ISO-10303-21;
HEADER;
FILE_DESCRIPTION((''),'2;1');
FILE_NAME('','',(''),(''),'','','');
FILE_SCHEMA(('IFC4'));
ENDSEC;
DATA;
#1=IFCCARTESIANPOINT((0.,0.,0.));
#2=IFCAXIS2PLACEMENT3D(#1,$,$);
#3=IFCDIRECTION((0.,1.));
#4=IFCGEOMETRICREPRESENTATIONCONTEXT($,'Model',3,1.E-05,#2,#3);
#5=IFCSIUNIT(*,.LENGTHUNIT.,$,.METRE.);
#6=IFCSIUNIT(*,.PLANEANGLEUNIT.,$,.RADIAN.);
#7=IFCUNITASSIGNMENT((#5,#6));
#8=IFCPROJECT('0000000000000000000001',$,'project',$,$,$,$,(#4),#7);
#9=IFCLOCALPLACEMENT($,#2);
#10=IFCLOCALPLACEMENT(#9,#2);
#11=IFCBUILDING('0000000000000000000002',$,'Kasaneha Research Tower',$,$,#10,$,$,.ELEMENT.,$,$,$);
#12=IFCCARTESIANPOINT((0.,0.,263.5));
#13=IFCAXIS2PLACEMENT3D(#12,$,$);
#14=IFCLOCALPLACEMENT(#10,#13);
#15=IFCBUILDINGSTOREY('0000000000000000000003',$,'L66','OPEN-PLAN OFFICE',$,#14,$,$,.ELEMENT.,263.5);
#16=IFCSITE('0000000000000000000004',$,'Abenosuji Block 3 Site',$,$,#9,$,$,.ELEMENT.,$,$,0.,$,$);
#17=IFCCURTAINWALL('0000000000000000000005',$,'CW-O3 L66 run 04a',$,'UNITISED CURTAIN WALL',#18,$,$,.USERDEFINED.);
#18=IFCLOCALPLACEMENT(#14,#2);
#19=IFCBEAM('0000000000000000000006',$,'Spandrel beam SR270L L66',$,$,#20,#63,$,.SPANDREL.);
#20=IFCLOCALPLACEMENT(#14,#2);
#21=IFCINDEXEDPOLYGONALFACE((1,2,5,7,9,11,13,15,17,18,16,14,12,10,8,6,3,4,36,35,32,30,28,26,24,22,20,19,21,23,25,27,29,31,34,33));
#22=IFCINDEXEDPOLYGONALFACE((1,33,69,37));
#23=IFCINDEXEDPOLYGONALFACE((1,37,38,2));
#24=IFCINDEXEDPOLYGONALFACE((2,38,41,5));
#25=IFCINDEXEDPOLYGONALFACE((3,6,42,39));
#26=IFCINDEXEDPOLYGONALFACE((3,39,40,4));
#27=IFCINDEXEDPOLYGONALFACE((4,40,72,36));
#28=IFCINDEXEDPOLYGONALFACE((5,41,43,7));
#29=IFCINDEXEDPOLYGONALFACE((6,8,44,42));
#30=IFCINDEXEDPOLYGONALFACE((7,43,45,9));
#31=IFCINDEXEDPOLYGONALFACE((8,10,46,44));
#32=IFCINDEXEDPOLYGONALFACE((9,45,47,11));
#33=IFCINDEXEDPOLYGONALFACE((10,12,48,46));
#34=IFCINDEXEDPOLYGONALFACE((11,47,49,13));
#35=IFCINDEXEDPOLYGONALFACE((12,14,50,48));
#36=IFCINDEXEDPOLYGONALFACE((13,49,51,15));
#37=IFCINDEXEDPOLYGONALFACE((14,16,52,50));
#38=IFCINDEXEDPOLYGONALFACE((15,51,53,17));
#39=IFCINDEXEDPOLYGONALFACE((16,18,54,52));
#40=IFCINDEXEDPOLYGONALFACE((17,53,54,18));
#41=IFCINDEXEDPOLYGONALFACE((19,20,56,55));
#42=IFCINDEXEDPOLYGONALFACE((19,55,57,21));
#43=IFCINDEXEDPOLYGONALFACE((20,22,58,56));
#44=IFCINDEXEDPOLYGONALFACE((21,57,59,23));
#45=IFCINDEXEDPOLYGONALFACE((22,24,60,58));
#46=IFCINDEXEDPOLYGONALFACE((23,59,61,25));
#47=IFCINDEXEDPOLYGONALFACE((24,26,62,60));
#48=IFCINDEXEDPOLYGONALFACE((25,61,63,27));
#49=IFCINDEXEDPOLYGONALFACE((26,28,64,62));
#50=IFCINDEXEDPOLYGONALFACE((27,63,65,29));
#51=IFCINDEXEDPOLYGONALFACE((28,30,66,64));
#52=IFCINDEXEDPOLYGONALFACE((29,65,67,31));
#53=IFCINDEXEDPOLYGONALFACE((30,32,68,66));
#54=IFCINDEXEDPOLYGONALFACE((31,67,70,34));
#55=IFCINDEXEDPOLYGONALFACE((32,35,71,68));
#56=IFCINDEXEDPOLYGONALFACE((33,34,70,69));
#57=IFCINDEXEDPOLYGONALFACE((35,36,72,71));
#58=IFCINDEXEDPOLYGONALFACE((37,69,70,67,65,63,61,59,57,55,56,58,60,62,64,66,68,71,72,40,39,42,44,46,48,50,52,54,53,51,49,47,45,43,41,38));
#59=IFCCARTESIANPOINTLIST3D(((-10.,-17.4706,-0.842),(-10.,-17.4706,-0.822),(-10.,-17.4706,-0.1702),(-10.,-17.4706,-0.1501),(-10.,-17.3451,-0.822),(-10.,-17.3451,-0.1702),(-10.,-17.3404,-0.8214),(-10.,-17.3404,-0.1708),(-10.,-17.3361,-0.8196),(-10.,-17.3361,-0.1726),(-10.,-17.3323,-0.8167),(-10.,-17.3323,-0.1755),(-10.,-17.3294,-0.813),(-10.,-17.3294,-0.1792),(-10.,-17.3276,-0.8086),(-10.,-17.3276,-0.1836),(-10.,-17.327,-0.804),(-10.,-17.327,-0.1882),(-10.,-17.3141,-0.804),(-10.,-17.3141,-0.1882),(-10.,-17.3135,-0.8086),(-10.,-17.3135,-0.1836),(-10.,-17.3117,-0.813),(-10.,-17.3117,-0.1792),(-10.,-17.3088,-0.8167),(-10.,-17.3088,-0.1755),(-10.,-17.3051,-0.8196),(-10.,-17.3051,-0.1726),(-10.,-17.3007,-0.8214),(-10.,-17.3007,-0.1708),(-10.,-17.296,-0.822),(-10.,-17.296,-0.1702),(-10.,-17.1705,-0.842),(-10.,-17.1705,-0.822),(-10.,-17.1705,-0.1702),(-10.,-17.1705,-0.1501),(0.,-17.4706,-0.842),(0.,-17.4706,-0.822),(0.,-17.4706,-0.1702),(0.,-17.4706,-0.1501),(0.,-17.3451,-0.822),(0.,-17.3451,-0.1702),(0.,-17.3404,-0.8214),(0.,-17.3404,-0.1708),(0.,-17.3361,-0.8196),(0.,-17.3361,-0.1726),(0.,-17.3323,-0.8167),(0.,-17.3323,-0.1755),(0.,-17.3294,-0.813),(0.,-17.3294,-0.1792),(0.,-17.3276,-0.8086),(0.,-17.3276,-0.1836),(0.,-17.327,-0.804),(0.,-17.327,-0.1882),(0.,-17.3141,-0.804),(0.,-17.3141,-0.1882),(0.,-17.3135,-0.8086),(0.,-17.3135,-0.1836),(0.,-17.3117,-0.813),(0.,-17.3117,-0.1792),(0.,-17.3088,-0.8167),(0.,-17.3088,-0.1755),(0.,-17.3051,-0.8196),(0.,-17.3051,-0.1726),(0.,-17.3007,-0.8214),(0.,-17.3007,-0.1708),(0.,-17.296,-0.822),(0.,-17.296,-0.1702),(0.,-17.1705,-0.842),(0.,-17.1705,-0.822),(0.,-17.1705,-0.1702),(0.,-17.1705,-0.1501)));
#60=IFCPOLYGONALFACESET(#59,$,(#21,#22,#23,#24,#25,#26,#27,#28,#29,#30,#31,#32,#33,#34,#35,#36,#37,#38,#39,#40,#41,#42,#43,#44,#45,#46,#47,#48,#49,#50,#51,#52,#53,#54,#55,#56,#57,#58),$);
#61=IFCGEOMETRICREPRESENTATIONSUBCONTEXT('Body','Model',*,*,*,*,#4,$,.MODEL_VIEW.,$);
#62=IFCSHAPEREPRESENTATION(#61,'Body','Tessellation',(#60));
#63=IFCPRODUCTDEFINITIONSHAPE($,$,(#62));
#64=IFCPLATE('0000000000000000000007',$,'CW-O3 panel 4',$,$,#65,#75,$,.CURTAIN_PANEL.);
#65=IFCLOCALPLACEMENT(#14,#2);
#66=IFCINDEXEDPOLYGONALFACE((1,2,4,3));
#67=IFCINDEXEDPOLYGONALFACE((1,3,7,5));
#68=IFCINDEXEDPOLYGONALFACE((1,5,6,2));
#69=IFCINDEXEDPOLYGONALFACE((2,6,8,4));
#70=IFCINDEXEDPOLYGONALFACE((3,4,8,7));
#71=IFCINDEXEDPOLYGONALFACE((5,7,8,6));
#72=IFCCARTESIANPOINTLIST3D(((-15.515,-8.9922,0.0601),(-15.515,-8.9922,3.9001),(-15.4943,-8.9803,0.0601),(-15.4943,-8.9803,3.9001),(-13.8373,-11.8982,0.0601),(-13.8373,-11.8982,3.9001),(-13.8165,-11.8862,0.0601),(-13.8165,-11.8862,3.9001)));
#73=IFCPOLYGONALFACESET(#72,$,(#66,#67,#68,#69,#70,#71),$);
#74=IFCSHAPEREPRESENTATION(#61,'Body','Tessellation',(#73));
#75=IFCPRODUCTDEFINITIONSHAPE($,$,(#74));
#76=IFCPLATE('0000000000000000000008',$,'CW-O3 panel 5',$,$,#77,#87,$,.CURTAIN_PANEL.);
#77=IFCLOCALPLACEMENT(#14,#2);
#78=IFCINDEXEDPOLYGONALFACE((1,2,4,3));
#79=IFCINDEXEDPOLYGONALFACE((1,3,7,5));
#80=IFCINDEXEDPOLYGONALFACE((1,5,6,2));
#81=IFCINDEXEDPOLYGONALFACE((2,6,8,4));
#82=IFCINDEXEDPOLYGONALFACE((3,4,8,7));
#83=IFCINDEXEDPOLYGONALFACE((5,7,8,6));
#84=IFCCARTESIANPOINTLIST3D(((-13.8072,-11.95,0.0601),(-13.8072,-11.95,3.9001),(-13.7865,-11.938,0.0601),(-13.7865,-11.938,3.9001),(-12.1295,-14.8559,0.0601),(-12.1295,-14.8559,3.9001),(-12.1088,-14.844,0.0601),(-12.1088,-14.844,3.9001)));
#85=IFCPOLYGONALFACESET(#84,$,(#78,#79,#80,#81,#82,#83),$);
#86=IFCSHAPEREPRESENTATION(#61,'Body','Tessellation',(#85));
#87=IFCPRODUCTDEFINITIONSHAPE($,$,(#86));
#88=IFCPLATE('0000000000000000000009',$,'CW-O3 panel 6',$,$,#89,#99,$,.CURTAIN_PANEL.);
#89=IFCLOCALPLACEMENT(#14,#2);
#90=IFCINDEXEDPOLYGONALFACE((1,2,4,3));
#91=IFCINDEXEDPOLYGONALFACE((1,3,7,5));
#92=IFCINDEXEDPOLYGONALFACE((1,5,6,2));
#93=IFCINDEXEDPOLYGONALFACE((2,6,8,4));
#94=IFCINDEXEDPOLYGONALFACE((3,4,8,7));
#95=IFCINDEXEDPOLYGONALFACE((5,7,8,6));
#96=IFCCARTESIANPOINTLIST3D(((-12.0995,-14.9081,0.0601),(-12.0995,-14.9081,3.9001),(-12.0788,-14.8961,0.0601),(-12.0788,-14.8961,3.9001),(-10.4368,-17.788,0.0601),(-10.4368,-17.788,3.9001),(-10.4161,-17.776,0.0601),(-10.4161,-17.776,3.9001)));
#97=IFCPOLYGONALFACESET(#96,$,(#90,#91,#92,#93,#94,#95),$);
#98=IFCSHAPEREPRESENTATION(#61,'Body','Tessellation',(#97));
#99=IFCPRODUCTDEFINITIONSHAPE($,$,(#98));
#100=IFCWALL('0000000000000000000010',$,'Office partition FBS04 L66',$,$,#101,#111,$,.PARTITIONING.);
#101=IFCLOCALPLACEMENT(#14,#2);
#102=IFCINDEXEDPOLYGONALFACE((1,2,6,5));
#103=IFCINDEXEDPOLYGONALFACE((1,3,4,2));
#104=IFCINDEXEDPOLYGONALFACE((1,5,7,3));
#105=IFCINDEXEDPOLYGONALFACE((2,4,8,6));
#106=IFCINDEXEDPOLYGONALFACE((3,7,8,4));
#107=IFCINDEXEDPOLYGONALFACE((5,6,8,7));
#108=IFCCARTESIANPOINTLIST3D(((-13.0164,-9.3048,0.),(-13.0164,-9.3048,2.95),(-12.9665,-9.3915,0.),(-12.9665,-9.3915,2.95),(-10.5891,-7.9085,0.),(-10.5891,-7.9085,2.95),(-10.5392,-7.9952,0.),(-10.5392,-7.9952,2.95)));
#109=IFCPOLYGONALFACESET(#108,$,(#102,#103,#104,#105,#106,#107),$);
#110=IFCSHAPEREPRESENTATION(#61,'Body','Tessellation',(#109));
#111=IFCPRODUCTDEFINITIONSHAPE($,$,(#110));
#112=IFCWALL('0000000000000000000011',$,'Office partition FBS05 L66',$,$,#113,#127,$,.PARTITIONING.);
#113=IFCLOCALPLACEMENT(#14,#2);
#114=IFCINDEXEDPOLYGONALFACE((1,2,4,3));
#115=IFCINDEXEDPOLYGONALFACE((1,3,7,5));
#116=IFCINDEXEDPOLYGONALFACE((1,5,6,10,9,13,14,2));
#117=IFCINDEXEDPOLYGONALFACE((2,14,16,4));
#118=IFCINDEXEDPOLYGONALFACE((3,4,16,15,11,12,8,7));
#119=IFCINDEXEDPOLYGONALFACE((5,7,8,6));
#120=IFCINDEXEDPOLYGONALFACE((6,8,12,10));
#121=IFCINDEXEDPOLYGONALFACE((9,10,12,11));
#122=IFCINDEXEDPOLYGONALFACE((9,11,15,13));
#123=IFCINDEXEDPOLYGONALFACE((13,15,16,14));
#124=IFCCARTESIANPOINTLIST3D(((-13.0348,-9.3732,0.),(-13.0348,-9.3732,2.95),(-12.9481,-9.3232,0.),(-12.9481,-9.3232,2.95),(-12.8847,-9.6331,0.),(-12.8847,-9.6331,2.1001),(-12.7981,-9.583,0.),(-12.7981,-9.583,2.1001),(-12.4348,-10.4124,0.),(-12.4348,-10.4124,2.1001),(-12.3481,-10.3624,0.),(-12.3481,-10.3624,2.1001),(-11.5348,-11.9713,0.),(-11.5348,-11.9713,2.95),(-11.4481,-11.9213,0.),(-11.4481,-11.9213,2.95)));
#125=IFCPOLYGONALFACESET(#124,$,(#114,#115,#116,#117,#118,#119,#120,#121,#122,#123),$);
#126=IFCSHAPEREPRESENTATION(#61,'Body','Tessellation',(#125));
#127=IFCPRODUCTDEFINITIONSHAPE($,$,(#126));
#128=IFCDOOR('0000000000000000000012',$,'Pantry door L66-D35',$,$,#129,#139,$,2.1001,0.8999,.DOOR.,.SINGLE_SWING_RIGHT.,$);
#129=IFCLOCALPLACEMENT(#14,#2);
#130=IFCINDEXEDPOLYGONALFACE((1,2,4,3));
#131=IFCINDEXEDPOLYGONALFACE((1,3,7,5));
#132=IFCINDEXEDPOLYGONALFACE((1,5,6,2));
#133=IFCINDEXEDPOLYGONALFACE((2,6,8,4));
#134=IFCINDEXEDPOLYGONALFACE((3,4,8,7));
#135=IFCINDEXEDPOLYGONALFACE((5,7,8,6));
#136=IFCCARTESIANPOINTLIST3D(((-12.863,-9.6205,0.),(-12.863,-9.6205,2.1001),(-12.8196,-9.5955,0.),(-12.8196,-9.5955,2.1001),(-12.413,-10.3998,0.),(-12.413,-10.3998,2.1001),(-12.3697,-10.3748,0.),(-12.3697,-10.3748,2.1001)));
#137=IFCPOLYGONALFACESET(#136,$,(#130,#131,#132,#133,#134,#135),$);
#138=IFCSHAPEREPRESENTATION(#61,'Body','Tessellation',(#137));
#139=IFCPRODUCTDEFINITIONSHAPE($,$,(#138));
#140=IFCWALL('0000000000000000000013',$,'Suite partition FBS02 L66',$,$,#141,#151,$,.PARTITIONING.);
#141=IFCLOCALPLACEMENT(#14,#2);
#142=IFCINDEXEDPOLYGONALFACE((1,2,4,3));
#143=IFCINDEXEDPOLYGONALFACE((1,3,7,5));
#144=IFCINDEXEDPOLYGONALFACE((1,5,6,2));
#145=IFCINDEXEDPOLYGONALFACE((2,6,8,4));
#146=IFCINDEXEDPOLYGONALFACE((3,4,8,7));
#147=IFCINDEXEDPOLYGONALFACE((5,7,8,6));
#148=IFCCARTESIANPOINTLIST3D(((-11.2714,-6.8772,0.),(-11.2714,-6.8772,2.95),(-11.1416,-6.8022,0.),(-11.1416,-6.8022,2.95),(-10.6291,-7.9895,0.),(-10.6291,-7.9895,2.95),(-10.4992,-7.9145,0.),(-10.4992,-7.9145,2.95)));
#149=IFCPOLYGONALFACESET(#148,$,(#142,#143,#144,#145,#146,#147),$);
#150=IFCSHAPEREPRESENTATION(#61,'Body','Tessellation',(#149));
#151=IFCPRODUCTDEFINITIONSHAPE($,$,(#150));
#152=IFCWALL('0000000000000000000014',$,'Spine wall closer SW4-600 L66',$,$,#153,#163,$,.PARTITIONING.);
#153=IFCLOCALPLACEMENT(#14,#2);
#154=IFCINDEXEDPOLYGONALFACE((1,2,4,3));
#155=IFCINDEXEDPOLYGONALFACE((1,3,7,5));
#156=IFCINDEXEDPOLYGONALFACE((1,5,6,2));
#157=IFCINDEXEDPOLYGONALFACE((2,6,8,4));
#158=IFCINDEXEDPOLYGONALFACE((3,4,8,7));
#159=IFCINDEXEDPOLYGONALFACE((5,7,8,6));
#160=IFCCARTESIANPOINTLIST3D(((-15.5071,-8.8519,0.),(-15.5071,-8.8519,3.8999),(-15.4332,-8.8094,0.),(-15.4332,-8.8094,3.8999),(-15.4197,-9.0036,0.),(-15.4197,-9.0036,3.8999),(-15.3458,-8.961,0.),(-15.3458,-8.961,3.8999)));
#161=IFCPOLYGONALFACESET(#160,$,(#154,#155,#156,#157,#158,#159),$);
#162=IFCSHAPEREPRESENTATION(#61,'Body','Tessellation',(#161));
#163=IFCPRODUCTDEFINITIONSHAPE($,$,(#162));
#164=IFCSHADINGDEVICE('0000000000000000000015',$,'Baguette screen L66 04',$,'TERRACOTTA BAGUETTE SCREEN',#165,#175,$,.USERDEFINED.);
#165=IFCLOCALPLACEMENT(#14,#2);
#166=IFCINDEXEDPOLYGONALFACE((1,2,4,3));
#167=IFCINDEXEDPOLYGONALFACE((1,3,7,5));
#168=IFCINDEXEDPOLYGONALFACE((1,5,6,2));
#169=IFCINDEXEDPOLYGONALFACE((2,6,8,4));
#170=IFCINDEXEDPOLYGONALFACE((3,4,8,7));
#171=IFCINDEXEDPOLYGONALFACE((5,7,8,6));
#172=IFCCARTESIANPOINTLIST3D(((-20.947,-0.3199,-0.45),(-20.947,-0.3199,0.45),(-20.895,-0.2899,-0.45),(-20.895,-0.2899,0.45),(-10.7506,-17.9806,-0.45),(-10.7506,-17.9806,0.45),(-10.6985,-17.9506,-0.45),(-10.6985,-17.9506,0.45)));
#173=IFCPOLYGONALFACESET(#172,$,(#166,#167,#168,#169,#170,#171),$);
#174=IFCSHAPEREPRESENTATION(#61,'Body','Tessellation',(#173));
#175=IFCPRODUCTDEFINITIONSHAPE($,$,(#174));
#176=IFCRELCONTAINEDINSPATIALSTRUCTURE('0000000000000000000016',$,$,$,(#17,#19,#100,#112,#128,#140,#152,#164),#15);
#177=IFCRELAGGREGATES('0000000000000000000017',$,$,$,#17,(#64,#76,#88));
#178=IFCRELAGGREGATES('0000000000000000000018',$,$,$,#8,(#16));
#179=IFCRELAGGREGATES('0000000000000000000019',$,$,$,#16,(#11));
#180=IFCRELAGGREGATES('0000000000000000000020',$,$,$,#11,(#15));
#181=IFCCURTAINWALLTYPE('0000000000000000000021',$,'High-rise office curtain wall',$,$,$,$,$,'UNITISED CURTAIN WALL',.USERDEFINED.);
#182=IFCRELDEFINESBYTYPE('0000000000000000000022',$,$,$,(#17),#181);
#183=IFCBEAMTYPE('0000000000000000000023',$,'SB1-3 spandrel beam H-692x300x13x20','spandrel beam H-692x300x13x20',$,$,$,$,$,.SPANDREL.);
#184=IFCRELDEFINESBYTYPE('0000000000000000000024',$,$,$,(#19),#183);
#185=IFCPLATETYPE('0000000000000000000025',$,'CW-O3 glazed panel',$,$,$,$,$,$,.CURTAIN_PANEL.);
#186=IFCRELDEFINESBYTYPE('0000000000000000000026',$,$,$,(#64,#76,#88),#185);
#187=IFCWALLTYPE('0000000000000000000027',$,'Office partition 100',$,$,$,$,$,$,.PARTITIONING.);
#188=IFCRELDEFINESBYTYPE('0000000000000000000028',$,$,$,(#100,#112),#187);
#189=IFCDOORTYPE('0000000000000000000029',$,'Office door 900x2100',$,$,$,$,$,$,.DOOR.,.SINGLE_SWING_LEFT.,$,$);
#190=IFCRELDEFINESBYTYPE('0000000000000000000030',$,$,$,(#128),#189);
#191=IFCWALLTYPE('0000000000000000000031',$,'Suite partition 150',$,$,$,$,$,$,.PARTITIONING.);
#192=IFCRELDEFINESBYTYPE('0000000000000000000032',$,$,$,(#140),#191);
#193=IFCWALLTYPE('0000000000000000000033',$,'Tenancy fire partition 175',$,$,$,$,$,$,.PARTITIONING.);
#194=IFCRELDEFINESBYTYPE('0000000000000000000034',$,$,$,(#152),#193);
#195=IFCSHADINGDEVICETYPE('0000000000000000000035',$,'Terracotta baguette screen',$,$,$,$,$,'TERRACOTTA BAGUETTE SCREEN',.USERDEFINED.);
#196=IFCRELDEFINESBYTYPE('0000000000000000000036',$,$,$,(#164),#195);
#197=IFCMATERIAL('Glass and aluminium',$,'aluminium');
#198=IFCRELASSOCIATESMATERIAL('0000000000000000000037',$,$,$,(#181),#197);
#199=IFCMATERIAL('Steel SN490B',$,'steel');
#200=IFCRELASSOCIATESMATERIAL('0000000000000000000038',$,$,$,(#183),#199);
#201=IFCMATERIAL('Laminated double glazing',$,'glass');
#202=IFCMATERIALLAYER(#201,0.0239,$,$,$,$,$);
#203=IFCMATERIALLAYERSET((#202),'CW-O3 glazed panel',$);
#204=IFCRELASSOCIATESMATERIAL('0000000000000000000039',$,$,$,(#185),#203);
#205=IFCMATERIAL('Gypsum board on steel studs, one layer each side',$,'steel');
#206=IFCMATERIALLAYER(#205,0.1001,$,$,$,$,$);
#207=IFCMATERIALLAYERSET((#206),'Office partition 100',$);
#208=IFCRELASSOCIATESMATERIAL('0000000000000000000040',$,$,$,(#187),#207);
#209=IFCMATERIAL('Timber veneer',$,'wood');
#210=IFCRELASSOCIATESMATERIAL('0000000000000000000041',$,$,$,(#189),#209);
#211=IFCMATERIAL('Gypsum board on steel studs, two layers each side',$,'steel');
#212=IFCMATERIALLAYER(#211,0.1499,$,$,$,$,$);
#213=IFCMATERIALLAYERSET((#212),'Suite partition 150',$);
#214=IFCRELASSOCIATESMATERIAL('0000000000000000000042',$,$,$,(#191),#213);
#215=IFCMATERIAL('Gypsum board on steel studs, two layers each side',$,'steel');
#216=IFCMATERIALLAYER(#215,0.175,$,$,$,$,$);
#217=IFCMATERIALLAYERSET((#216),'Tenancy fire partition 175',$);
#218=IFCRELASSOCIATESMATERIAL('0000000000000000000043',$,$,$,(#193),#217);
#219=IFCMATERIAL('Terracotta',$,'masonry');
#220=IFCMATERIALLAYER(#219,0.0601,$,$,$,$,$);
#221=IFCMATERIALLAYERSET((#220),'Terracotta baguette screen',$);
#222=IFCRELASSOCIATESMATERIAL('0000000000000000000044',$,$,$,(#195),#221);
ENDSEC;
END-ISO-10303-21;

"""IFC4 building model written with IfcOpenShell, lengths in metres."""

from ifc_helpers import new_model, si_unit, direction, frame, frame_2d, origin, origin_2d, place, context, subcontext, project, spatial, rectangle, i_section, extrude, material, layer, layer_set, material_profile, profile_set, type_object, element, fill, aggregate, save


model = new_model("IFC4")

# Units and contexts
model_context = context("Model", 3, precision=1e-05, world=origin(), true_north=direction((0.0, 1.0)))
body_context = subcontext(model_context, "Body", "Model", "MODEL_VIEW")
ifc_project = project(units=[si_unit("LENGTHUNIT", "METRE"), si_unit("PLANEANGLEUNIT", "RADIAN")], contexts=[model_context])

# Site, building, storey
site_placement = place(None, origin())
site = spatial("IfcSite", under=ifc_project, at=site_placement, Name="Abenosuji Block 3 Site", CompositionType="ELEMENT", RefElevation=0.0)
building_placement = place(site_placement, origin())
building = spatial("IfcBuilding", under=site, at=building_placement, Name="Kasaneha Research Tower", CompositionType="ELEMENT")
storey_placement = place(building_placement, frame((0.0, 0.0, 263.5)))
storey = spatial("IfcBuildingStorey", under=building, at=storey_placement, Name="L66", Description="OPEN-PLAN OFFICE", CompositionType="ELEMENT", Elevation=263.5)

# Curtain wall
ifc_material_1 = material(Name="Glass and aluminium", Category="aluminium")
curtain_wall_type = type_object("IfcCurtainWallType", Name="High-rise office curtain wall", ElementType="UNITISED CURTAIN WALL", PredefinedType="USERDEFINED", material=ifc_material_1)
curtain_wall_1_placement = place(storey_placement, origin())
curtain_wall_1 = element("IfcCurtainWall", 1, at=curtain_wall_1_placement, inside=storey, type_object=curtain_wall_type, Name="CW-O3 L66 run 04a", ObjectType="UNITISED CURTAIN WALL", PredefinedType="USERDEFINED")

# Beam
ifc_material_2 = material(Name="Steel SN490B", Category="steel")
ifc_material_profile_1 = material_profile(ifc_material_2, i_section(OverallWidth=0.3, OverallDepth=0.6919, WebThickness=0.0129, FlangeThickness=0.02, FilletRadius=0.0181, at=origin_2d()), Name="H-692x300x13x20")
ifc_profile_set_1 = profile_set([ifc_material_profile_1], Name="Steel SN490B")
beam_type_1 = type_object("IfcBeamType", Name="SB1-3 spandrel beam H-692x300x13x20", Description="spandrel beam H-692x300x13x20", PredefinedType="SPANDREL", material=ifc_profile_set_1)
beam_1_placement = place(storey_placement, frame((-10.0, -17.3206, -0.4961), z_axis=(1.0, 0.0, 0.0), x_axis=(0.0, 1.0, 0.0)))
element("IfcBeam", 2, at=beam_1_placement, inside=storey, type_object=beam_type_1, Name="Spandrel beam SR270L L66", PredefinedType="SPANDREL", context=body_context, shape_type="SweptSolid", body=[
    extrude(i_section(OverallWidth=0.3, OverallDepth=0.6919, WebThickness=0.0129, FlangeThickness=0.02, FilletRadius=0.0181, at=origin_2d()), origin(), (0.0, 0.0, 1.0), 10.0),
])

# Plates
ifc_material_3 = material(Name="Laminated double glazing", Category="glass")
ifc_layer_1 = layer(ifc_material_3, 0.0239)
ifc_layer_set_1 = layer_set([ifc_layer_1], Name="CW-O3 glazed panel")
plate_type = type_object("IfcPlateType", Name="CW-O3 glazed panel", PredefinedType="CURTAIN_PANEL", material=ifc_layer_set_1)
plate_1_placement = place(storey_placement, frame((-14.6658, -10.4392, 0.0601), z_axis=(0.0, 0.0, 1.0), x_axis=(0.5, -0.866025, 0.0)))
plate_1 = element("IfcPlate", 3, at=plate_1_placement, type_object=plate_type, Name="CW-O3 panel 4", PredefinedType="CURTAIN_PANEL", context=body_context, shape_type="SweptSolid", body=[
    extrude(rectangle(XDim=3.3555, YDim=0.0239, at=origin_2d()), origin(), (0.0, 0.0, 1.0), 3.8401),
])
plate_2_placement = place(storey_placement, frame((-12.958, -13.397, 0.0601), z_axis=(0.0, 0.0, 1.0), x_axis=(0.5, -0.866025, 0.0)))
plate_2 = element("IfcPlate", 4, at=plate_2_placement, type_object=plate_type, Name="CW-O3 panel 5", PredefinedType="CURTAIN_PANEL", context=body_context, shape_type="SweptSolid", body=[
    extrude(rectangle(XDim=3.3555, YDim=0.0239, at=origin_2d()), origin(), (0.0, 0.0, 1.0), 3.8401),
])
plate_3_placement = place(storey_placement, frame((-11.2578, -16.342, 0.0601), z_axis=(0.0, 0.0, 1.0), x_axis=(0.5, -0.866025, 0.0)))
plate_3 = element("IfcPlate", 5, at=plate_3_placement, type_object=plate_type, Name="CW-O3 panel 6", PredefinedType="CURTAIN_PANEL", context=body_context, shape_type="SweptSolid", body=[
    extrude(rectangle(XDim=3.3254, YDim=0.0239, at=origin_2d()), origin(), (0.0, 0.0, 1.0), 3.8401),
])
aggregate(curtain_wall_1, [plate_1, plate_2, plate_3])

# Wall
ifc_material_4 = material(Name="Gypsum board on steel studs, one layer each side", Category="steel")
ifc_layer_2 = layer(ifc_material_4, 0.1001)
ifc_layer_set_2 = layer_set([ifc_layer_2], Name="Office partition 100")
wall_type_1 = type_object("IfcWallType", Name="Office partition 100", PredefinedType="PARTITIONING", material=ifc_layer_set_2)
wall_1_placement = place(storey_placement, frame((-12.9915, -9.3481, 0.0), z_axis=(0.0, 0.0, 1.0), x_axis=(0.866818, 0.498625, 0.0)))
element("IfcWall", 6, at=wall_1_placement, inside=storey, type_object=wall_type_1, Name="Office partition FBS04 L66", PredefinedType="PARTITIONING", context=body_context, shape_type="SweptSolid", body=[
    extrude(rectangle(XDim=2.8003, YDim=0.1001, at=frame_2d((1.4001, 0.0))), origin(), (0.0, 0.0, 1.0), 2.95),
])

# Wall, opening, door
wall_2_placement = place(storey_placement, frame((-11.4915, -11.9463, 0.0), z_axis=(0.0, 0.0, 1.0), x_axis=(-0.49999, 0.866031, 0.0)))
wall_2 = element("IfcWall", 7, at=wall_2_placement, inside=storey, type_object=wall_type_1, Name="Office partition FBS05 L66", PredefinedType="PARTITIONING", context=body_context, shape_type="SweptSolid", body=[
    extrude(rectangle(XDim=3.0, YDim=0.1001, at=frame_2d((1.5, 0.0))), origin(), (0.0, 0.0, 1.0), 2.95),
])
opening_placement = place(wall_2_placement, frame((1.8, 0.0, 0.0)))
opening = element("IfcOpeningElement", 8, at=opening_placement, cuts=wall_2, PredefinedType="OPENING", context=body_context, shape_type="SweptSolid", body=[
    extrude(rectangle(XDim=0.8999, YDim=2.1001, at=frame_2d((0.45, 1.05))), frame((0.0, 0.0601, 0.0), z_axis=(0.0, -1.0, 0.0), x_axis=(1.0, 0.0, 0.0)), (0.0, 0.0, 1.0), 0.1201),
])
ifc_material_5 = material(Name="Timber veneer", Category="wood")
door_type = type_object("IfcDoorType", Name="Office door 900x2100", OperationType="SINGLE_SWING_LEFT", PredefinedType="DOOR", material=ifc_material_5)
door_placement = place(opening_placement, origin())
door = element("IfcDoor", 9, at=door_placement, inside=storey, type_object=door_type, Name="Pantry door L66-D35", OperationType="SINGLE_SWING_RIGHT", OverallHeight=2.1001, OverallWidth=0.8999, PredefinedType="DOOR", context=body_context, shape_type="SweptSolid", body=[
    extrude(rectangle(XDim=0.8999, YDim=2.1001, at=frame_2d((0.45, 1.05))), frame((0.0, 0.0249, 0.0), z_axis=(0.0, -1.0, 0.0), x_axis=(1.0, 0.0, 0.0)), (0.0, 0.0, 1.0), 0.05),
])
fill(opening, door)

# Walls
ifc_material_6 = material(Name="Gypsum board on steel studs, two layers each side", Category="steel")
ifc_layer_3 = layer(ifc_material_6, 0.1499)
ifc_layer_set_3 = layer_set([ifc_layer_3], Name="Suite partition 150")
wall_type_2 = type_object("IfcWallType", Name="Suite partition 150", PredefinedType="PARTITIONING", material=ifc_layer_set_3)
wall_3_placement = place(storey_placement, frame((-10.5642, -7.9519, 0.0), z_axis=(0.0, 0.0, 1.0), x_axis=(-0.500084, 0.865977, 0.0)))
element("IfcWall", 10, at=wall_3_placement, inside=storey, type_object=wall_type_2, Name="Suite partition FBS02 L66", PredefinedType="PARTITIONING", context=body_context, shape_type="SweptSolid", body=[
    extrude(rectangle(XDim=1.2844, YDim=0.1499, at=frame_2d((0.6421, 0.0))), origin(), (0.0, 0.0, 1.0), 2.95),
])
ifc_material_7 = material(Name="Gypsum board on steel studs, two layers each side", Category="steel")
ifc_layer_4 = layer(ifc_material_7, 0.175)
ifc_layer_set_4 = layer_set([ifc_layer_4], Name="Tenancy fire partition 175")
wall_type_3 = type_object("IfcWallType", Name="Tenancy fire partition 175", PredefinedType="PARTITIONING", material=ifc_layer_set_4)
wall_4_placement = place(storey_placement, frame((-15.3896, -8.8853, 0.0), z_axis=(0.0, 0.0, 1.0), x_axis=(-0.866472, -0.499226, 0.0)))
element("IfcWall", 11, at=wall_4_placement, inside=storey, type_object=wall_type_3, Name="Spine wall closer SW4-600 L66", PredefinedType="PARTITIONING", context=body_context, shape_type="SweptSolid", body=[
    extrude(rectangle(XDim=0.0852, YDim=0.175, at=frame_2d((0.0425, 0.0))), origin(), (0.0, 0.0, 1.0), 3.8999),
])

# Shading device
ifc_material_8 = material(Name="Terracotta", Category="masonry")
ifc_layer_5 = layer(ifc_material_8, 0.0601)
ifc_layer_set_5 = layer_set([ifc_layer_5], Name="Terracotta baguette screen")
shading_device_type = type_object("IfcShadingDeviceType", Name="Terracotta baguette screen", ElementType="TERRACOTTA BAGUETTE SCREEN", PredefinedType="USERDEFINED", material=ifc_layer_set_5)
shading_device_placement = place(storey_placement, frame((-15.8228, -9.1353, -0.45), z_axis=(0.0, 0.0, 1.0), x_axis=(0.5, -0.866025, 0.0)))
element("IfcShadingDevice", 12, at=shading_device_placement, inside=storey, type_object=shading_device_type, Name="Baguette screen L66 04", ObjectType="TERRACOTTA BAGUETTE SCREEN", PredefinedType="USERDEFINED", context=body_context, shape_type="SweptSolid", body=[
    extrude(rectangle(XDim=20.3928, YDim=0.0601, at=origin_2d()), origin(), (0.0, 0.0, 1.0), 0.8999),
])

save(model, "model.ifc")
